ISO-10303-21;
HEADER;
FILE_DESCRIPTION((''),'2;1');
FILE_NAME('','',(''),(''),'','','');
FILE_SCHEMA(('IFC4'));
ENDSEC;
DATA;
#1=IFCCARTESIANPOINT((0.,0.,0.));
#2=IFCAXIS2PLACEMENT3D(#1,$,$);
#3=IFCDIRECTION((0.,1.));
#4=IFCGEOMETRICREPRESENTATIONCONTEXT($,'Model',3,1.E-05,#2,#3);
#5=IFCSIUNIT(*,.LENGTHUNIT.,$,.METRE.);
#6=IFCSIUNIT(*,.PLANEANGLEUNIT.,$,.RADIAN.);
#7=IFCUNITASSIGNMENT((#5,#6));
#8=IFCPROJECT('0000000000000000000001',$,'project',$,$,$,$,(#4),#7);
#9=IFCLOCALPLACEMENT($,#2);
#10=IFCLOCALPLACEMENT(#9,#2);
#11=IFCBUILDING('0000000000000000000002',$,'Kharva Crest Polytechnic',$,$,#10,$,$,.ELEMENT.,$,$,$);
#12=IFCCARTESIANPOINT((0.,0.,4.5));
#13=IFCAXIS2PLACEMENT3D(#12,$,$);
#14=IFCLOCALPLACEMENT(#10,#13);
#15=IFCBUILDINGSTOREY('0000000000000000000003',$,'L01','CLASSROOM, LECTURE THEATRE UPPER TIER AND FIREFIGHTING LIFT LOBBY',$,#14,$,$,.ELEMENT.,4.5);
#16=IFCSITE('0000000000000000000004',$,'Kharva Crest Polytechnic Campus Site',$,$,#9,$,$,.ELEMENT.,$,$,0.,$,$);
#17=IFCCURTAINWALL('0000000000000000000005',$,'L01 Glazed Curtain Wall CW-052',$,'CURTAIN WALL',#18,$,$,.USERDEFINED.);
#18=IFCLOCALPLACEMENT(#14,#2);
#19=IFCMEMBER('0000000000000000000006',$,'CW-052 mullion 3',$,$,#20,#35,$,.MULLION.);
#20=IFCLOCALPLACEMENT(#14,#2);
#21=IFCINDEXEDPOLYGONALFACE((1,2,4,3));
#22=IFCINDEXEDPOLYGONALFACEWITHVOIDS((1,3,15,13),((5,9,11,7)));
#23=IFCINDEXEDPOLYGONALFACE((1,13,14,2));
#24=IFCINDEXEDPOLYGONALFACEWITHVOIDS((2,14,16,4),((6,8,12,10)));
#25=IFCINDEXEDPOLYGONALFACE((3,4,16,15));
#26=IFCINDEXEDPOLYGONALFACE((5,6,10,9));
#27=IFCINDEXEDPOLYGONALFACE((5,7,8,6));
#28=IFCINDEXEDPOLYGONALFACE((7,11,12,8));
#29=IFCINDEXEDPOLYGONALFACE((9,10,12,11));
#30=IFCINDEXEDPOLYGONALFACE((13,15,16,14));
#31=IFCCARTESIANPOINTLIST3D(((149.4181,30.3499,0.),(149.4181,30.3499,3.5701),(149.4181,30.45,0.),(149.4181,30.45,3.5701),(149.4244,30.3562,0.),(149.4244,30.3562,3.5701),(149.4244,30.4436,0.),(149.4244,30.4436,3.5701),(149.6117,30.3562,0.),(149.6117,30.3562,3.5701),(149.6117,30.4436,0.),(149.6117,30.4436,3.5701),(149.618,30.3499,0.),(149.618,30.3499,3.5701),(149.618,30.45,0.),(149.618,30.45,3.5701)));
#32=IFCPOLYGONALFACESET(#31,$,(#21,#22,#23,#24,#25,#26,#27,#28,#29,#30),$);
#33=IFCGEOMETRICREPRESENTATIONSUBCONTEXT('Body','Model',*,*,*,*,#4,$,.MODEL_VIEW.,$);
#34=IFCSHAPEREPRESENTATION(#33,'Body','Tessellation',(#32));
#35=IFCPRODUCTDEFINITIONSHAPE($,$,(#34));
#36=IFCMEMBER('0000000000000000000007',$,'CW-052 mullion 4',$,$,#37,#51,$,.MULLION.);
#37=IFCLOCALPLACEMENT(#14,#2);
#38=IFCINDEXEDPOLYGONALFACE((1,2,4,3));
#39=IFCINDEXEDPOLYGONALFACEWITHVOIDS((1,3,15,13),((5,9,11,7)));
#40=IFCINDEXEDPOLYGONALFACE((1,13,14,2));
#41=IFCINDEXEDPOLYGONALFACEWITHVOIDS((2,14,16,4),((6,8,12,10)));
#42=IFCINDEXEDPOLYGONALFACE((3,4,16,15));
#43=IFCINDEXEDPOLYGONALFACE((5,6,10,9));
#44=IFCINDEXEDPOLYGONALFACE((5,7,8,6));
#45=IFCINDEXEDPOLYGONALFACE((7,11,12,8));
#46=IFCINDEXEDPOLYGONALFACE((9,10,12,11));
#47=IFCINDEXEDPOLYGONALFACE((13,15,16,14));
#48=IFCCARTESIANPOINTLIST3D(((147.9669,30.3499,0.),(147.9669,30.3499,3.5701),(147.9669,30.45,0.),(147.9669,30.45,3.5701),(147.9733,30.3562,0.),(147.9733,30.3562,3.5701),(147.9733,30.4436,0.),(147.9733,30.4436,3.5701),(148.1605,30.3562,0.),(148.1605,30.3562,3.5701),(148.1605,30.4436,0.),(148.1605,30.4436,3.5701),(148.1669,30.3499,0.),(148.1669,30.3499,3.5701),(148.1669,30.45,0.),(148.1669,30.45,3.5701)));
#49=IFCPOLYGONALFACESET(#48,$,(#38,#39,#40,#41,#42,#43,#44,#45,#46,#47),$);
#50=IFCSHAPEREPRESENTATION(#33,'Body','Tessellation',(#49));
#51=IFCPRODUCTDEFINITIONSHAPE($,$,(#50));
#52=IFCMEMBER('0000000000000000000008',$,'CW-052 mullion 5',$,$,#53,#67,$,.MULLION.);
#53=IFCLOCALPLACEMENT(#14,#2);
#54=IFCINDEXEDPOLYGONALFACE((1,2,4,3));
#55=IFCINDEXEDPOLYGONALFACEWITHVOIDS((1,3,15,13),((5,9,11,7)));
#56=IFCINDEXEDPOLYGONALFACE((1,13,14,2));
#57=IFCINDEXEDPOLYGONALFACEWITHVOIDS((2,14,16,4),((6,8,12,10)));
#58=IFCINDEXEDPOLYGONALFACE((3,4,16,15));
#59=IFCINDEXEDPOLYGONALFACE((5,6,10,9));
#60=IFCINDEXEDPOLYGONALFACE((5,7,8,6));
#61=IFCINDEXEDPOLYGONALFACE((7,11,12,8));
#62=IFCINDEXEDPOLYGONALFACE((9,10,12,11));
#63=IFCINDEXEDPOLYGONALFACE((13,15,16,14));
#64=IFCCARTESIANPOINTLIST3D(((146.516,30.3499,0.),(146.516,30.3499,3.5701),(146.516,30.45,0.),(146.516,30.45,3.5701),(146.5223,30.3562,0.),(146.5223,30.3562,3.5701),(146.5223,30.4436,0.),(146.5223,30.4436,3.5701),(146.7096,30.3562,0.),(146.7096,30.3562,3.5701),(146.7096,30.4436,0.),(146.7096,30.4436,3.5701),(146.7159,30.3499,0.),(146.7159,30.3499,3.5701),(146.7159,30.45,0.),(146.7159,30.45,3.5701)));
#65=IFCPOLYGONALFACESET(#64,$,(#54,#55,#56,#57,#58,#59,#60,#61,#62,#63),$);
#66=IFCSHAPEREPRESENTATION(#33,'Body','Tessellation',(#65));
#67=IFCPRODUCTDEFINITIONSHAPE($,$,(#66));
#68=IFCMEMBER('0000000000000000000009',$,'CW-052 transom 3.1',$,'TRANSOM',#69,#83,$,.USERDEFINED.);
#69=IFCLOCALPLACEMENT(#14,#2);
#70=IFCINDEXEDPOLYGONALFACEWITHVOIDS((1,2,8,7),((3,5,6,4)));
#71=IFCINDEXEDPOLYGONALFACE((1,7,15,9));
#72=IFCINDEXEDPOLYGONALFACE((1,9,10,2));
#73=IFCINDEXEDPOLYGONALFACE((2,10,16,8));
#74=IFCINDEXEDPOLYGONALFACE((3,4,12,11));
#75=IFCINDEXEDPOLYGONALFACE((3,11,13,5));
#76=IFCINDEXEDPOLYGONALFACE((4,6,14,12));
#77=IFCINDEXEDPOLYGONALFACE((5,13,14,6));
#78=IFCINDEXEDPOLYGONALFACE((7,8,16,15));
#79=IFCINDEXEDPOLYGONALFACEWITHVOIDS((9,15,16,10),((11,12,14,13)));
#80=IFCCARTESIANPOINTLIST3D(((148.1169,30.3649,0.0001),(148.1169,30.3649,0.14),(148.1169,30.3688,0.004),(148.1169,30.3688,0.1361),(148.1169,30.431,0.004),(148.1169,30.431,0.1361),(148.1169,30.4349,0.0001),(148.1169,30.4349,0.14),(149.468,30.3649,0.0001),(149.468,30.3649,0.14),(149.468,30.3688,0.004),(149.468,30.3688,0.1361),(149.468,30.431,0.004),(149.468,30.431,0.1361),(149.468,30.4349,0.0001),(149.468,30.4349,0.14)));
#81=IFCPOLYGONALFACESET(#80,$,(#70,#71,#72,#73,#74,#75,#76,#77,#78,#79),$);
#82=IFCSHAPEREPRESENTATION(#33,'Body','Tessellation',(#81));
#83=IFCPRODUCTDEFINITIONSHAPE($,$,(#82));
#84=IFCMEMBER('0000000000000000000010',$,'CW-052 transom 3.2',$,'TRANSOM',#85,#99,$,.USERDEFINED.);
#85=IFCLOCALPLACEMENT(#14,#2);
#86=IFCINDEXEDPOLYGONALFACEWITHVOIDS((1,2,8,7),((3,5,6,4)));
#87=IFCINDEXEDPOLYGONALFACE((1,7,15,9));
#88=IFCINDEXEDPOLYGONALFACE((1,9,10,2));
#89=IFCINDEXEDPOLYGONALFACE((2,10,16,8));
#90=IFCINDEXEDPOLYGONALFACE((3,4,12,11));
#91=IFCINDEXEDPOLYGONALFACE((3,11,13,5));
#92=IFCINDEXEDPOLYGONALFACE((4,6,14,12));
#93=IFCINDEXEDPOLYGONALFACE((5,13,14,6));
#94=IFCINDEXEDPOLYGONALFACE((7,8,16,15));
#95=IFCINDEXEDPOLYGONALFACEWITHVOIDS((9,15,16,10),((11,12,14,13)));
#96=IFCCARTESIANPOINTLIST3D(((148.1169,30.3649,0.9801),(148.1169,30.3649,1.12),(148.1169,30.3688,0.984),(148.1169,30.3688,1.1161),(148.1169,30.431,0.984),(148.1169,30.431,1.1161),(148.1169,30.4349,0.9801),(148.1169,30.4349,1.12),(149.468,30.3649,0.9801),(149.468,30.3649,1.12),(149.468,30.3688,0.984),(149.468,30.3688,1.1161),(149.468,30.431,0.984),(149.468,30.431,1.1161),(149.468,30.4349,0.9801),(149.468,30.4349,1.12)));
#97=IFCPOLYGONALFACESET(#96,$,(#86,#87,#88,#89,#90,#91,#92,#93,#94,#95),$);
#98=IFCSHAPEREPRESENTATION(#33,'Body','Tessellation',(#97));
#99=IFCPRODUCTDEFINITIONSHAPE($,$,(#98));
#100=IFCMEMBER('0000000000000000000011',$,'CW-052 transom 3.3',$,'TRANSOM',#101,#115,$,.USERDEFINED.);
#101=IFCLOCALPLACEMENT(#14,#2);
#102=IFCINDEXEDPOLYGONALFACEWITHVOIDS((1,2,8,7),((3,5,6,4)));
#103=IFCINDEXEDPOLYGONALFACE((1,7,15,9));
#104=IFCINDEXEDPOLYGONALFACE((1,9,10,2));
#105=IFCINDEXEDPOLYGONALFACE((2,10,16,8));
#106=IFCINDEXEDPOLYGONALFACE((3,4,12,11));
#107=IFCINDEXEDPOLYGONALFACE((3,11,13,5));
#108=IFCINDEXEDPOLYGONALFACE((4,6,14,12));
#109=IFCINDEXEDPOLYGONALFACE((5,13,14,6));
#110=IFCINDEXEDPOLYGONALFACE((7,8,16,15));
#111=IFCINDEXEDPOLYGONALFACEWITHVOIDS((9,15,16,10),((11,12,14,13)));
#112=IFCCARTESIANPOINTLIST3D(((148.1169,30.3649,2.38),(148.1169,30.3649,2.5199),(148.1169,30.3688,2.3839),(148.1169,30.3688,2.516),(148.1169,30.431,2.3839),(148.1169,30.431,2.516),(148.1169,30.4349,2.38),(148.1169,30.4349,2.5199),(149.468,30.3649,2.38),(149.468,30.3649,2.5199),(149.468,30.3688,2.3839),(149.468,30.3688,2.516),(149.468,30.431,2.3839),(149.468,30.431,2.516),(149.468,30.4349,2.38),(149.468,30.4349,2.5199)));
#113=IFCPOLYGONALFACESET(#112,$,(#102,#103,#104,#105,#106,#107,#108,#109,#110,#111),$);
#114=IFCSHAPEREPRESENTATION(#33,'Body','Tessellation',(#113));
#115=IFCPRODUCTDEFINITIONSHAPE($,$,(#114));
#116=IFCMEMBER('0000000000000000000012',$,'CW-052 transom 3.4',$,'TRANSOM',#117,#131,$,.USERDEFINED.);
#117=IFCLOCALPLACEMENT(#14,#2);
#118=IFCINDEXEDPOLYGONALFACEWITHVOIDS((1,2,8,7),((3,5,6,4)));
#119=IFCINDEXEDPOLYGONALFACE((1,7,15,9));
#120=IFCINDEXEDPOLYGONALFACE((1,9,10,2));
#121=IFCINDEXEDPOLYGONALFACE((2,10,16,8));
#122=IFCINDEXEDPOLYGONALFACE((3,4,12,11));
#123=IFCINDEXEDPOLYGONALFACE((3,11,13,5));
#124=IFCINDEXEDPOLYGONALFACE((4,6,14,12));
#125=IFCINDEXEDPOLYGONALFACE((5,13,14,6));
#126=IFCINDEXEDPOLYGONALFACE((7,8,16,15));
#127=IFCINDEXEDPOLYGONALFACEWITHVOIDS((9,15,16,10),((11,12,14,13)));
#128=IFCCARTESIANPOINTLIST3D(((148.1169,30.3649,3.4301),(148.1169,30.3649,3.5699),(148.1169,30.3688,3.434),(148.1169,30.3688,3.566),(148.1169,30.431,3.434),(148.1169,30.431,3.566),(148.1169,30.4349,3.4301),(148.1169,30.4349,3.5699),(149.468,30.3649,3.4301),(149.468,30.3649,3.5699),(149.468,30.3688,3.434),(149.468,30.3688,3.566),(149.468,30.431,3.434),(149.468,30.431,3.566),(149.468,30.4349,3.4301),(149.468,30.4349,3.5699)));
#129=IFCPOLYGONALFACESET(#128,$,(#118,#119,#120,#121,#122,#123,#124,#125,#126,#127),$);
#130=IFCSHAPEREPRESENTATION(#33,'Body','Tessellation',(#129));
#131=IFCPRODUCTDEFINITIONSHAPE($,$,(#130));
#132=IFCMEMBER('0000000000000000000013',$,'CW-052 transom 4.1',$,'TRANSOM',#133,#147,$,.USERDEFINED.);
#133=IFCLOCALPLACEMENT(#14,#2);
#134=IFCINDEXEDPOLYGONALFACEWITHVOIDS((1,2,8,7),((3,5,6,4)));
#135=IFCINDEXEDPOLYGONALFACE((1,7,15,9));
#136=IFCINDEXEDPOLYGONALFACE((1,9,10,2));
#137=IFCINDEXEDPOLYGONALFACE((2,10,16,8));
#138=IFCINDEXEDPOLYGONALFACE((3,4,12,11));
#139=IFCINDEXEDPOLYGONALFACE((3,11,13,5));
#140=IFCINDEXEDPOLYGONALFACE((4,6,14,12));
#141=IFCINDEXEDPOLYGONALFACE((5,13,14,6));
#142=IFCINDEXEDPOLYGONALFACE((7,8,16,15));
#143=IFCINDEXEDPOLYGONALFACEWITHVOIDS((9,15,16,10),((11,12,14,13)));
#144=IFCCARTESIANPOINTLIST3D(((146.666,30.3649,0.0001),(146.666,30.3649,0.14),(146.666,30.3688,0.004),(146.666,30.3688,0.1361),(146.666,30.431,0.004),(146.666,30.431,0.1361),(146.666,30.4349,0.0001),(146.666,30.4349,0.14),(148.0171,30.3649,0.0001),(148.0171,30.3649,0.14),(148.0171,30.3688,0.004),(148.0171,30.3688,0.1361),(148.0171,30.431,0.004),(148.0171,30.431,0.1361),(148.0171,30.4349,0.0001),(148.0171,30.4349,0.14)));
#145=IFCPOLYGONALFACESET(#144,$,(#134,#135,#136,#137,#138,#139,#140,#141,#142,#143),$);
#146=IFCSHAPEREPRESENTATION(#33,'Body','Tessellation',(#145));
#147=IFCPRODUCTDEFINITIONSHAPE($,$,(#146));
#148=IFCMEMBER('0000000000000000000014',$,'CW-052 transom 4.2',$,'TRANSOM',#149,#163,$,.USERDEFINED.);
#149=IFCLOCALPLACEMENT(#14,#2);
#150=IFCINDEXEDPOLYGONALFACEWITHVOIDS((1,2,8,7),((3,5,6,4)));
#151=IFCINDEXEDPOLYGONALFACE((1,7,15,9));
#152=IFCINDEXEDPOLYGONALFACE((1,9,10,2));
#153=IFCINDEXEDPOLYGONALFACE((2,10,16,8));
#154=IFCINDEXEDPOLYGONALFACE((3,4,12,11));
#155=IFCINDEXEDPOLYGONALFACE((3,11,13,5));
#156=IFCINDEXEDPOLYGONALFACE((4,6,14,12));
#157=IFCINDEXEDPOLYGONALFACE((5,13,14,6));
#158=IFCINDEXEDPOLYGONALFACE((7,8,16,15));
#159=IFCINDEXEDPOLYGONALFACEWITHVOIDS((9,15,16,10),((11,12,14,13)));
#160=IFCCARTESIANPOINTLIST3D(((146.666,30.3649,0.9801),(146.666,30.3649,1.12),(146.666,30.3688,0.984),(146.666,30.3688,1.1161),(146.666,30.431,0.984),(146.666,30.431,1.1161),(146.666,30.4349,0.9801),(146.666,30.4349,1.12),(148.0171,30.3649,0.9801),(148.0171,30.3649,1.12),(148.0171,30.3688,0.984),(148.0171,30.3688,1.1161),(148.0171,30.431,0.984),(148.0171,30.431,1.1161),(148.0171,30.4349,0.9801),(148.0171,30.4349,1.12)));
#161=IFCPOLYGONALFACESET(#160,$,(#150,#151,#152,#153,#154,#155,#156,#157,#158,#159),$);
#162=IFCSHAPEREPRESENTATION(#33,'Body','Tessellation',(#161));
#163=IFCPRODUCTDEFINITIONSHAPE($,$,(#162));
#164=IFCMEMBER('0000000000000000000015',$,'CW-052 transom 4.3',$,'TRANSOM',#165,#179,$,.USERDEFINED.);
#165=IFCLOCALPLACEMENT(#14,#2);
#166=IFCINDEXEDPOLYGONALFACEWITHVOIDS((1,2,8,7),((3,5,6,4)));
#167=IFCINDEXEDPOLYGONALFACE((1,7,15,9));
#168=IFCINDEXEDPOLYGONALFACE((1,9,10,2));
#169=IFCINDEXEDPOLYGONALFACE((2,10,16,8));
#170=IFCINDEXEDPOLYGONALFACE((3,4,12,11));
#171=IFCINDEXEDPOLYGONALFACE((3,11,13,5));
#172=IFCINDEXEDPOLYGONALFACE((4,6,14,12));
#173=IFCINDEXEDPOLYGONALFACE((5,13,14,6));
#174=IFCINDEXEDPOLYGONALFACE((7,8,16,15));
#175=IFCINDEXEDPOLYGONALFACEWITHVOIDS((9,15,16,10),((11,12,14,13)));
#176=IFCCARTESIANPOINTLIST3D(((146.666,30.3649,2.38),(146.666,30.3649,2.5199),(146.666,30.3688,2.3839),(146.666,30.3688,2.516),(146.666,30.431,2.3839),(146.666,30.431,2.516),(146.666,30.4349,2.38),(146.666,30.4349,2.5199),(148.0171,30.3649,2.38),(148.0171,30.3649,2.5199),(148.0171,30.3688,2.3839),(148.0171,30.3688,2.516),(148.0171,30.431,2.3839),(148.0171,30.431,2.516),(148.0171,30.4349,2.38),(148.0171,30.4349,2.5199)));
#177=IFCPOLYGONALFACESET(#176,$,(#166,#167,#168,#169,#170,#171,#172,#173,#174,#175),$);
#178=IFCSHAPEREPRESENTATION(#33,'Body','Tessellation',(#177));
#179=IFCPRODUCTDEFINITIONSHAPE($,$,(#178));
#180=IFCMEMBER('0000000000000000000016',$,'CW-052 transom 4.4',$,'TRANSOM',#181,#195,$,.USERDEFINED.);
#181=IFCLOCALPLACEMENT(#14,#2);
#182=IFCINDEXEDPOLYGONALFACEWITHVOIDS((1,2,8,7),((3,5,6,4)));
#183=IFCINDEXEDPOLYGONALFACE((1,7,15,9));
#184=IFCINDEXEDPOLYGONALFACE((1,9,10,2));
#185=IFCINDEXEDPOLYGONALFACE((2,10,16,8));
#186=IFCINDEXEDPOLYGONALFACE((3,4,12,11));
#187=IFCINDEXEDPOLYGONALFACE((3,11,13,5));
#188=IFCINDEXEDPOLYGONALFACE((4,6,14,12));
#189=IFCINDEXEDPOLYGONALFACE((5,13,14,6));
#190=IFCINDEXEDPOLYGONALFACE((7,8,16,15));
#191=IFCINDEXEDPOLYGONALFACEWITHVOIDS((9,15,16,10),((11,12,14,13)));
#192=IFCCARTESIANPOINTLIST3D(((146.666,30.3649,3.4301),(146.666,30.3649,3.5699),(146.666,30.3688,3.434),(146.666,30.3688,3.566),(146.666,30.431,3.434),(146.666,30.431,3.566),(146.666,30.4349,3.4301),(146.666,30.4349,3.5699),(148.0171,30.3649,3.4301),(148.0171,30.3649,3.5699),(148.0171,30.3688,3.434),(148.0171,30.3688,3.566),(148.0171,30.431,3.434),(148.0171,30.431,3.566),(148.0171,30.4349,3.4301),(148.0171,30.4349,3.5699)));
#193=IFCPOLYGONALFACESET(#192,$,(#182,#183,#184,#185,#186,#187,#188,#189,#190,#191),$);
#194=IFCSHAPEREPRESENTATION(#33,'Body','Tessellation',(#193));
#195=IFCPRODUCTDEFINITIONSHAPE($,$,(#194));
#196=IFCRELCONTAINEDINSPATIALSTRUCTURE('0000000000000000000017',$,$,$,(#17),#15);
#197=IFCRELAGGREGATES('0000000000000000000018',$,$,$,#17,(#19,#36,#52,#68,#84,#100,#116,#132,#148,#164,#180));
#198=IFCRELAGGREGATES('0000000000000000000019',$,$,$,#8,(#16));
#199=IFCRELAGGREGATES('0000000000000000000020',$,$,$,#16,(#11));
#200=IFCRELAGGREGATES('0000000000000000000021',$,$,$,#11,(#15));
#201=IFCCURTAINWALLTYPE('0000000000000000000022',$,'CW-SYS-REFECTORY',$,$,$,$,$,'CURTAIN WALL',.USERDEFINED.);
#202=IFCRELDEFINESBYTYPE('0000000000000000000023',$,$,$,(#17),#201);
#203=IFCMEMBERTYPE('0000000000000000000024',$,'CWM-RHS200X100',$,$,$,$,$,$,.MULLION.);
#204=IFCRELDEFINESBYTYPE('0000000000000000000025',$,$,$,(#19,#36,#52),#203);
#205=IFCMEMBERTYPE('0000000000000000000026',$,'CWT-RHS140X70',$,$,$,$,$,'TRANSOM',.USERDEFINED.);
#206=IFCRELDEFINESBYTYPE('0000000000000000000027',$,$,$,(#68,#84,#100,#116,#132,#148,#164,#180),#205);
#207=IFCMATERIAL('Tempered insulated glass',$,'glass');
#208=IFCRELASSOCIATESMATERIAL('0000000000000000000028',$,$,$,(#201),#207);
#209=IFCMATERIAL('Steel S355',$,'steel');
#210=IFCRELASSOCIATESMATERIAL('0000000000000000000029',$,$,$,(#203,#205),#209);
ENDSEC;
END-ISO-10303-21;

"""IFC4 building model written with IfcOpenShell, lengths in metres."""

from ifc_helpers import new_model, si_unit, direction, frame, origin, origin_2d, place, context, subcontext, project, spatial, hollow_rectangle, extrude, material, material_profile, profile_set, type_object, element, aggregate, save


model = new_model("IFC4")

# Units and contexts
model_context = context("Model", 3, precision=1e-05, world=origin(), true_north=direction((0.0, 1.0)))
body_context = subcontext(model_context, "Body", "Model", "MODEL_VIEW")
ifc_project = project(units=[si_unit("LENGTHUNIT", "METRE"), si_unit("PLANEANGLEUNIT", "RADIAN")], contexts=[model_context])

# Site, building, storey
site_placement = place(None, origin())
site = spatial("IfcSite", under=ifc_project, at=site_placement, Name="Kharva Crest Polytechnic Campus Site", CompositionType="ELEMENT", RefElevation=0.0)
building_placement = place(site_placement, origin())
building = spatial("IfcBuilding", under=site, at=building_placement, Name="Kharva Crest Polytechnic", CompositionType="ELEMENT")
storey_placement = place(building_placement, frame((0.0, 0.0, 4.5)))
storey = spatial("IfcBuildingStorey", under=building, at=storey_placement, Name="L01", Description="CLASSROOM, LECTURE THEATRE UPPER TIER AND FIREFIGHTING LIFT LOBBY", CompositionType="ELEMENT", Elevation=4.5)

# Curtain wall, members
ifc_material_1 = material(Name="Tempered insulated glass", Category="glass")
curtain_wall_type = type_object("IfcCurtainWallType", Name="CW-SYS-REFECTORY", ElementType="CURTAIN WALL", PredefinedType="USERDEFINED", material=ifc_material_1)
curtain_wall_placement = place(storey_placement, origin())
curtain_wall = element("IfcCurtainWall", 1, at=curtain_wall_placement, inside=storey, type_object=curtain_wall_type, Name="L01 Glazed Curtain Wall CW-052", ObjectType="CURTAIN WALL", PredefinedType="USERDEFINED")
ifc_material_2 = material(Name="Steel S355", Category="steel")
ifc_material_profile_1 = material_profile(ifc_material_2, hollow_rectangle(XDim=0.1001, YDim=0.2, WallThickness=0.0063, at=origin_2d()), Name="RHS 200X100X6.3")
ifc_profile_set_1 = profile_set([ifc_material_profile_1], Name="Steel S355")
member_type_1 = type_object("IfcMemberType", Name="CWM-RHS200X100", PredefinedType="MULLION", material=ifc_profile_set_1)
member_1_placement = place(storey_placement, frame((149.5181, 30.3999, 0.0), z_axis=(0.0, 0.0, 1.0), x_axis=(0.0, -1.0, 0.0)))
member_1 = element("IfcMember", 2, at=member_1_placement, type_object=member_type_1, Name="CW-052 mullion 3", PredefinedType="MULLION", context=body_context, shape_type="SweptSolid", body=[
    extrude(hollow_rectangle(XDim=0.1001, YDim=0.2, WallThickness=0.0063, at=origin_2d()), origin(), (0.0, 0.0, 1.0), 3.5701),
])
member_2_placement = place(storey_placement, frame((148.0669, 30.3999, 0.0), z_axis=(0.0, 0.0, 1.0), x_axis=(0.0, -1.0, 0.0)))
member_2 = element("IfcMember", 3, at=member_2_placement, type_object=member_type_1, Name="CW-052 mullion 4", PredefinedType="MULLION", context=body_context, shape_type="SweptSolid", body=[
    extrude(hollow_rectangle(XDim=0.1001, YDim=0.2, WallThickness=0.0063, at=origin_2d()), origin(), (0.0, 0.0, 1.0), 3.5701),
])
member_3_placement = place(storey_placement, frame((146.616, 30.3999, 0.0), z_axis=(0.0, 0.0, 1.0), x_axis=(0.0, -1.0, 0.0)))
member_3 = element("IfcMember", 4, at=member_3_placement, type_object=member_type_1, Name="CW-052 mullion 5", PredefinedType="MULLION", context=body_context, shape_type="SweptSolid", body=[
    extrude(hollow_rectangle(XDim=0.1001, YDim=0.2, WallThickness=0.0063, at=origin_2d()), origin(), (0.0, 0.0, 1.0), 3.5701),
])
ifc_material_profile_2 = material_profile(ifc_material_2, hollow_rectangle(XDim=0.0701, YDim=0.1399, WallThickness=0.0039, at=origin_2d()), Name="RHS 140X70X4.0")
ifc_profile_set_2 = profile_set([ifc_material_profile_2], Name="Steel S355")
member_type_2 = type_object("IfcMemberType", Name="CWT-RHS140X70", ElementType="TRANSOM", PredefinedType="USERDEFINED", material=ifc_profile_set_2)
member_4_placement = place(storey_placement, frame((149.468, 30.3999, 0.0701), z_axis=(-1.0, 0.0, 0.0), x_axis=(0.0, -1.0, 0.0)))
member_4 = element("IfcMember", 5, at=member_4_placement, type_object=member_type_2, Name="CW-052 transom 3.1", ObjectType="TRANSOM", PredefinedType="USERDEFINED", context=body_context, shape_type="SweptSolid", body=[
    extrude(hollow_rectangle(XDim=0.0701, YDim=0.1399, WallThickness=0.0039, at=origin_2d()), origin(), (0.0, 0.0, 1.0), 1.3511),
])
member_5_placement = place(storey_placement, frame((149.468, 30.3999, 1.05), z_axis=(-1.0, 0.0, 0.0), x_axis=(0.0, -1.0, 0.0)))
member_5 = element("IfcMember", 6, at=member_5_placement, type_object=member_type_2, Name="CW-052 transom 3.2", ObjectType="TRANSOM", PredefinedType="USERDEFINED", context=body_context, shape_type="SweptSolid", body=[
    extrude(hollow_rectangle(XDim=0.0701, YDim=0.1399, WallThickness=0.0039, at=origin_2d()), origin(), (0.0, 0.0, 1.0), 1.3511),
])
member_6_placement = place(storey_placement, frame((149.468, 30.3999, 2.45), z_axis=(-1.0, 0.0, 0.0), x_axis=(0.0, -1.0, 0.0)))
member_6 = element("IfcMember", 7, at=member_6_placement, type_object=member_type_2, Name="CW-052 transom 3.3", ObjectType="TRANSOM", PredefinedType="USERDEFINED", context=body_context, shape_type="SweptSolid", body=[
    extrude(hollow_rectangle(XDim=0.0701, YDim=0.1399, WallThickness=0.0039, at=origin_2d()), origin(), (0.0, 0.0, 1.0), 1.3511),
])
member_7_placement = place(storey_placement, frame((149.468, 30.3999, 3.5), z_axis=(-1.0, 0.0, 0.0), x_axis=(0.0, -1.0, 0.0)))
member_7 = element("IfcMember", 8, at=member_7_placement, type_object=member_type_2, Name="CW-052 transom 3.4", ObjectType="TRANSOM", PredefinedType="USERDEFINED", context=body_context, shape_type="SweptSolid", body=[
    extrude(hollow_rectangle(XDim=0.0701, YDim=0.1399, WallThickness=0.0039, at=origin_2d()), origin(), (0.0, 0.0, 1.0), 1.3511),
])
member_8_placement = place(storey_placement, frame((148.0171, 30.3999, 0.0701), z_axis=(-1.0, 0.0, 0.0), x_axis=(0.0, -1.0, 0.0)))
member_8 = element("IfcMember", 9, at=member_8_placement, type_object=member_type_2, Name="CW-052 transom 4.1", ObjectType="TRANSOM", PredefinedType="USERDEFINED", context=body_context, shape_type="SweptSolid", body=[
    extrude(hollow_rectangle(XDim=0.0701, YDim=0.1399, WallThickness=0.0039, at=origin_2d()), origin(), (0.0, 0.0, 1.0), 1.3511),
])
member_9_placement = place(storey_placement, frame((148.0171, 30.3999, 1.05), z_axis=(-1.0, 0.0, 0.0), x_axis=(0.0, -1.0, 0.0)))
member_9 = element("IfcMember", 10, at=member_9_placement, type_object=member_type_2, Name="CW-052 transom 4.2", ObjectType="TRANSOM", PredefinedType="USERDEFINED", context=body_context, shape_type="SweptSolid", body=[
    extrude(hollow_rectangle(XDim=0.0701, YDim=0.1399, WallThickness=0.0039, at=origin_2d()), origin(), (0.0, 0.0, 1.0), 1.3511),
])
member_10_placement = place(storey_placement, frame((148.0171, 30.3999, 2.45), z_axis=(-1.0, 0.0, 0.0), x_axis=(0.0, -1.0, 0.0)))
member_10 = element("IfcMember", 11, at=member_10_placement, type_object=member_type_2, Name="CW-052 transom 4.3", ObjectType="TRANSOM", PredefinedType="USERDEFINED", context=body_context, shape_type="SweptSolid", body=[
    extrude(hollow_rectangle(XDim=0.0701, YDim=0.1399, WallThickness=0.0039, at=origin_2d()), origin(), (0.0, 0.0, 1.0), 1.3511),
])
member_11_placement = place(storey_placement, frame((148.0171, 30.3999, 3.5), z_axis=(-1.0, 0.0, 0.0), x_axis=(0.0, -1.0, 0.0)))
member_11 = element("IfcMember", 12, at=member_11_placement, type_object=member_type_2, Name="CW-052 transom 4.4", ObjectType="TRANSOM", PredefinedType="USERDEFINED", context=body_context, shape_type="SweptSolid", body=[
    extrude(hollow_rectangle(XDim=0.0701, YDim=0.1399, WallThickness=0.0039, at=origin_2d()), origin(), (0.0, 0.0, 1.0), 1.3511),
])
aggregate(curtain_wall, [member_1, member_2, member_3, member_4, member_5, member_6, member_7, member_8, member_9, member_10, member_11])

save(model, "model.ifc")
